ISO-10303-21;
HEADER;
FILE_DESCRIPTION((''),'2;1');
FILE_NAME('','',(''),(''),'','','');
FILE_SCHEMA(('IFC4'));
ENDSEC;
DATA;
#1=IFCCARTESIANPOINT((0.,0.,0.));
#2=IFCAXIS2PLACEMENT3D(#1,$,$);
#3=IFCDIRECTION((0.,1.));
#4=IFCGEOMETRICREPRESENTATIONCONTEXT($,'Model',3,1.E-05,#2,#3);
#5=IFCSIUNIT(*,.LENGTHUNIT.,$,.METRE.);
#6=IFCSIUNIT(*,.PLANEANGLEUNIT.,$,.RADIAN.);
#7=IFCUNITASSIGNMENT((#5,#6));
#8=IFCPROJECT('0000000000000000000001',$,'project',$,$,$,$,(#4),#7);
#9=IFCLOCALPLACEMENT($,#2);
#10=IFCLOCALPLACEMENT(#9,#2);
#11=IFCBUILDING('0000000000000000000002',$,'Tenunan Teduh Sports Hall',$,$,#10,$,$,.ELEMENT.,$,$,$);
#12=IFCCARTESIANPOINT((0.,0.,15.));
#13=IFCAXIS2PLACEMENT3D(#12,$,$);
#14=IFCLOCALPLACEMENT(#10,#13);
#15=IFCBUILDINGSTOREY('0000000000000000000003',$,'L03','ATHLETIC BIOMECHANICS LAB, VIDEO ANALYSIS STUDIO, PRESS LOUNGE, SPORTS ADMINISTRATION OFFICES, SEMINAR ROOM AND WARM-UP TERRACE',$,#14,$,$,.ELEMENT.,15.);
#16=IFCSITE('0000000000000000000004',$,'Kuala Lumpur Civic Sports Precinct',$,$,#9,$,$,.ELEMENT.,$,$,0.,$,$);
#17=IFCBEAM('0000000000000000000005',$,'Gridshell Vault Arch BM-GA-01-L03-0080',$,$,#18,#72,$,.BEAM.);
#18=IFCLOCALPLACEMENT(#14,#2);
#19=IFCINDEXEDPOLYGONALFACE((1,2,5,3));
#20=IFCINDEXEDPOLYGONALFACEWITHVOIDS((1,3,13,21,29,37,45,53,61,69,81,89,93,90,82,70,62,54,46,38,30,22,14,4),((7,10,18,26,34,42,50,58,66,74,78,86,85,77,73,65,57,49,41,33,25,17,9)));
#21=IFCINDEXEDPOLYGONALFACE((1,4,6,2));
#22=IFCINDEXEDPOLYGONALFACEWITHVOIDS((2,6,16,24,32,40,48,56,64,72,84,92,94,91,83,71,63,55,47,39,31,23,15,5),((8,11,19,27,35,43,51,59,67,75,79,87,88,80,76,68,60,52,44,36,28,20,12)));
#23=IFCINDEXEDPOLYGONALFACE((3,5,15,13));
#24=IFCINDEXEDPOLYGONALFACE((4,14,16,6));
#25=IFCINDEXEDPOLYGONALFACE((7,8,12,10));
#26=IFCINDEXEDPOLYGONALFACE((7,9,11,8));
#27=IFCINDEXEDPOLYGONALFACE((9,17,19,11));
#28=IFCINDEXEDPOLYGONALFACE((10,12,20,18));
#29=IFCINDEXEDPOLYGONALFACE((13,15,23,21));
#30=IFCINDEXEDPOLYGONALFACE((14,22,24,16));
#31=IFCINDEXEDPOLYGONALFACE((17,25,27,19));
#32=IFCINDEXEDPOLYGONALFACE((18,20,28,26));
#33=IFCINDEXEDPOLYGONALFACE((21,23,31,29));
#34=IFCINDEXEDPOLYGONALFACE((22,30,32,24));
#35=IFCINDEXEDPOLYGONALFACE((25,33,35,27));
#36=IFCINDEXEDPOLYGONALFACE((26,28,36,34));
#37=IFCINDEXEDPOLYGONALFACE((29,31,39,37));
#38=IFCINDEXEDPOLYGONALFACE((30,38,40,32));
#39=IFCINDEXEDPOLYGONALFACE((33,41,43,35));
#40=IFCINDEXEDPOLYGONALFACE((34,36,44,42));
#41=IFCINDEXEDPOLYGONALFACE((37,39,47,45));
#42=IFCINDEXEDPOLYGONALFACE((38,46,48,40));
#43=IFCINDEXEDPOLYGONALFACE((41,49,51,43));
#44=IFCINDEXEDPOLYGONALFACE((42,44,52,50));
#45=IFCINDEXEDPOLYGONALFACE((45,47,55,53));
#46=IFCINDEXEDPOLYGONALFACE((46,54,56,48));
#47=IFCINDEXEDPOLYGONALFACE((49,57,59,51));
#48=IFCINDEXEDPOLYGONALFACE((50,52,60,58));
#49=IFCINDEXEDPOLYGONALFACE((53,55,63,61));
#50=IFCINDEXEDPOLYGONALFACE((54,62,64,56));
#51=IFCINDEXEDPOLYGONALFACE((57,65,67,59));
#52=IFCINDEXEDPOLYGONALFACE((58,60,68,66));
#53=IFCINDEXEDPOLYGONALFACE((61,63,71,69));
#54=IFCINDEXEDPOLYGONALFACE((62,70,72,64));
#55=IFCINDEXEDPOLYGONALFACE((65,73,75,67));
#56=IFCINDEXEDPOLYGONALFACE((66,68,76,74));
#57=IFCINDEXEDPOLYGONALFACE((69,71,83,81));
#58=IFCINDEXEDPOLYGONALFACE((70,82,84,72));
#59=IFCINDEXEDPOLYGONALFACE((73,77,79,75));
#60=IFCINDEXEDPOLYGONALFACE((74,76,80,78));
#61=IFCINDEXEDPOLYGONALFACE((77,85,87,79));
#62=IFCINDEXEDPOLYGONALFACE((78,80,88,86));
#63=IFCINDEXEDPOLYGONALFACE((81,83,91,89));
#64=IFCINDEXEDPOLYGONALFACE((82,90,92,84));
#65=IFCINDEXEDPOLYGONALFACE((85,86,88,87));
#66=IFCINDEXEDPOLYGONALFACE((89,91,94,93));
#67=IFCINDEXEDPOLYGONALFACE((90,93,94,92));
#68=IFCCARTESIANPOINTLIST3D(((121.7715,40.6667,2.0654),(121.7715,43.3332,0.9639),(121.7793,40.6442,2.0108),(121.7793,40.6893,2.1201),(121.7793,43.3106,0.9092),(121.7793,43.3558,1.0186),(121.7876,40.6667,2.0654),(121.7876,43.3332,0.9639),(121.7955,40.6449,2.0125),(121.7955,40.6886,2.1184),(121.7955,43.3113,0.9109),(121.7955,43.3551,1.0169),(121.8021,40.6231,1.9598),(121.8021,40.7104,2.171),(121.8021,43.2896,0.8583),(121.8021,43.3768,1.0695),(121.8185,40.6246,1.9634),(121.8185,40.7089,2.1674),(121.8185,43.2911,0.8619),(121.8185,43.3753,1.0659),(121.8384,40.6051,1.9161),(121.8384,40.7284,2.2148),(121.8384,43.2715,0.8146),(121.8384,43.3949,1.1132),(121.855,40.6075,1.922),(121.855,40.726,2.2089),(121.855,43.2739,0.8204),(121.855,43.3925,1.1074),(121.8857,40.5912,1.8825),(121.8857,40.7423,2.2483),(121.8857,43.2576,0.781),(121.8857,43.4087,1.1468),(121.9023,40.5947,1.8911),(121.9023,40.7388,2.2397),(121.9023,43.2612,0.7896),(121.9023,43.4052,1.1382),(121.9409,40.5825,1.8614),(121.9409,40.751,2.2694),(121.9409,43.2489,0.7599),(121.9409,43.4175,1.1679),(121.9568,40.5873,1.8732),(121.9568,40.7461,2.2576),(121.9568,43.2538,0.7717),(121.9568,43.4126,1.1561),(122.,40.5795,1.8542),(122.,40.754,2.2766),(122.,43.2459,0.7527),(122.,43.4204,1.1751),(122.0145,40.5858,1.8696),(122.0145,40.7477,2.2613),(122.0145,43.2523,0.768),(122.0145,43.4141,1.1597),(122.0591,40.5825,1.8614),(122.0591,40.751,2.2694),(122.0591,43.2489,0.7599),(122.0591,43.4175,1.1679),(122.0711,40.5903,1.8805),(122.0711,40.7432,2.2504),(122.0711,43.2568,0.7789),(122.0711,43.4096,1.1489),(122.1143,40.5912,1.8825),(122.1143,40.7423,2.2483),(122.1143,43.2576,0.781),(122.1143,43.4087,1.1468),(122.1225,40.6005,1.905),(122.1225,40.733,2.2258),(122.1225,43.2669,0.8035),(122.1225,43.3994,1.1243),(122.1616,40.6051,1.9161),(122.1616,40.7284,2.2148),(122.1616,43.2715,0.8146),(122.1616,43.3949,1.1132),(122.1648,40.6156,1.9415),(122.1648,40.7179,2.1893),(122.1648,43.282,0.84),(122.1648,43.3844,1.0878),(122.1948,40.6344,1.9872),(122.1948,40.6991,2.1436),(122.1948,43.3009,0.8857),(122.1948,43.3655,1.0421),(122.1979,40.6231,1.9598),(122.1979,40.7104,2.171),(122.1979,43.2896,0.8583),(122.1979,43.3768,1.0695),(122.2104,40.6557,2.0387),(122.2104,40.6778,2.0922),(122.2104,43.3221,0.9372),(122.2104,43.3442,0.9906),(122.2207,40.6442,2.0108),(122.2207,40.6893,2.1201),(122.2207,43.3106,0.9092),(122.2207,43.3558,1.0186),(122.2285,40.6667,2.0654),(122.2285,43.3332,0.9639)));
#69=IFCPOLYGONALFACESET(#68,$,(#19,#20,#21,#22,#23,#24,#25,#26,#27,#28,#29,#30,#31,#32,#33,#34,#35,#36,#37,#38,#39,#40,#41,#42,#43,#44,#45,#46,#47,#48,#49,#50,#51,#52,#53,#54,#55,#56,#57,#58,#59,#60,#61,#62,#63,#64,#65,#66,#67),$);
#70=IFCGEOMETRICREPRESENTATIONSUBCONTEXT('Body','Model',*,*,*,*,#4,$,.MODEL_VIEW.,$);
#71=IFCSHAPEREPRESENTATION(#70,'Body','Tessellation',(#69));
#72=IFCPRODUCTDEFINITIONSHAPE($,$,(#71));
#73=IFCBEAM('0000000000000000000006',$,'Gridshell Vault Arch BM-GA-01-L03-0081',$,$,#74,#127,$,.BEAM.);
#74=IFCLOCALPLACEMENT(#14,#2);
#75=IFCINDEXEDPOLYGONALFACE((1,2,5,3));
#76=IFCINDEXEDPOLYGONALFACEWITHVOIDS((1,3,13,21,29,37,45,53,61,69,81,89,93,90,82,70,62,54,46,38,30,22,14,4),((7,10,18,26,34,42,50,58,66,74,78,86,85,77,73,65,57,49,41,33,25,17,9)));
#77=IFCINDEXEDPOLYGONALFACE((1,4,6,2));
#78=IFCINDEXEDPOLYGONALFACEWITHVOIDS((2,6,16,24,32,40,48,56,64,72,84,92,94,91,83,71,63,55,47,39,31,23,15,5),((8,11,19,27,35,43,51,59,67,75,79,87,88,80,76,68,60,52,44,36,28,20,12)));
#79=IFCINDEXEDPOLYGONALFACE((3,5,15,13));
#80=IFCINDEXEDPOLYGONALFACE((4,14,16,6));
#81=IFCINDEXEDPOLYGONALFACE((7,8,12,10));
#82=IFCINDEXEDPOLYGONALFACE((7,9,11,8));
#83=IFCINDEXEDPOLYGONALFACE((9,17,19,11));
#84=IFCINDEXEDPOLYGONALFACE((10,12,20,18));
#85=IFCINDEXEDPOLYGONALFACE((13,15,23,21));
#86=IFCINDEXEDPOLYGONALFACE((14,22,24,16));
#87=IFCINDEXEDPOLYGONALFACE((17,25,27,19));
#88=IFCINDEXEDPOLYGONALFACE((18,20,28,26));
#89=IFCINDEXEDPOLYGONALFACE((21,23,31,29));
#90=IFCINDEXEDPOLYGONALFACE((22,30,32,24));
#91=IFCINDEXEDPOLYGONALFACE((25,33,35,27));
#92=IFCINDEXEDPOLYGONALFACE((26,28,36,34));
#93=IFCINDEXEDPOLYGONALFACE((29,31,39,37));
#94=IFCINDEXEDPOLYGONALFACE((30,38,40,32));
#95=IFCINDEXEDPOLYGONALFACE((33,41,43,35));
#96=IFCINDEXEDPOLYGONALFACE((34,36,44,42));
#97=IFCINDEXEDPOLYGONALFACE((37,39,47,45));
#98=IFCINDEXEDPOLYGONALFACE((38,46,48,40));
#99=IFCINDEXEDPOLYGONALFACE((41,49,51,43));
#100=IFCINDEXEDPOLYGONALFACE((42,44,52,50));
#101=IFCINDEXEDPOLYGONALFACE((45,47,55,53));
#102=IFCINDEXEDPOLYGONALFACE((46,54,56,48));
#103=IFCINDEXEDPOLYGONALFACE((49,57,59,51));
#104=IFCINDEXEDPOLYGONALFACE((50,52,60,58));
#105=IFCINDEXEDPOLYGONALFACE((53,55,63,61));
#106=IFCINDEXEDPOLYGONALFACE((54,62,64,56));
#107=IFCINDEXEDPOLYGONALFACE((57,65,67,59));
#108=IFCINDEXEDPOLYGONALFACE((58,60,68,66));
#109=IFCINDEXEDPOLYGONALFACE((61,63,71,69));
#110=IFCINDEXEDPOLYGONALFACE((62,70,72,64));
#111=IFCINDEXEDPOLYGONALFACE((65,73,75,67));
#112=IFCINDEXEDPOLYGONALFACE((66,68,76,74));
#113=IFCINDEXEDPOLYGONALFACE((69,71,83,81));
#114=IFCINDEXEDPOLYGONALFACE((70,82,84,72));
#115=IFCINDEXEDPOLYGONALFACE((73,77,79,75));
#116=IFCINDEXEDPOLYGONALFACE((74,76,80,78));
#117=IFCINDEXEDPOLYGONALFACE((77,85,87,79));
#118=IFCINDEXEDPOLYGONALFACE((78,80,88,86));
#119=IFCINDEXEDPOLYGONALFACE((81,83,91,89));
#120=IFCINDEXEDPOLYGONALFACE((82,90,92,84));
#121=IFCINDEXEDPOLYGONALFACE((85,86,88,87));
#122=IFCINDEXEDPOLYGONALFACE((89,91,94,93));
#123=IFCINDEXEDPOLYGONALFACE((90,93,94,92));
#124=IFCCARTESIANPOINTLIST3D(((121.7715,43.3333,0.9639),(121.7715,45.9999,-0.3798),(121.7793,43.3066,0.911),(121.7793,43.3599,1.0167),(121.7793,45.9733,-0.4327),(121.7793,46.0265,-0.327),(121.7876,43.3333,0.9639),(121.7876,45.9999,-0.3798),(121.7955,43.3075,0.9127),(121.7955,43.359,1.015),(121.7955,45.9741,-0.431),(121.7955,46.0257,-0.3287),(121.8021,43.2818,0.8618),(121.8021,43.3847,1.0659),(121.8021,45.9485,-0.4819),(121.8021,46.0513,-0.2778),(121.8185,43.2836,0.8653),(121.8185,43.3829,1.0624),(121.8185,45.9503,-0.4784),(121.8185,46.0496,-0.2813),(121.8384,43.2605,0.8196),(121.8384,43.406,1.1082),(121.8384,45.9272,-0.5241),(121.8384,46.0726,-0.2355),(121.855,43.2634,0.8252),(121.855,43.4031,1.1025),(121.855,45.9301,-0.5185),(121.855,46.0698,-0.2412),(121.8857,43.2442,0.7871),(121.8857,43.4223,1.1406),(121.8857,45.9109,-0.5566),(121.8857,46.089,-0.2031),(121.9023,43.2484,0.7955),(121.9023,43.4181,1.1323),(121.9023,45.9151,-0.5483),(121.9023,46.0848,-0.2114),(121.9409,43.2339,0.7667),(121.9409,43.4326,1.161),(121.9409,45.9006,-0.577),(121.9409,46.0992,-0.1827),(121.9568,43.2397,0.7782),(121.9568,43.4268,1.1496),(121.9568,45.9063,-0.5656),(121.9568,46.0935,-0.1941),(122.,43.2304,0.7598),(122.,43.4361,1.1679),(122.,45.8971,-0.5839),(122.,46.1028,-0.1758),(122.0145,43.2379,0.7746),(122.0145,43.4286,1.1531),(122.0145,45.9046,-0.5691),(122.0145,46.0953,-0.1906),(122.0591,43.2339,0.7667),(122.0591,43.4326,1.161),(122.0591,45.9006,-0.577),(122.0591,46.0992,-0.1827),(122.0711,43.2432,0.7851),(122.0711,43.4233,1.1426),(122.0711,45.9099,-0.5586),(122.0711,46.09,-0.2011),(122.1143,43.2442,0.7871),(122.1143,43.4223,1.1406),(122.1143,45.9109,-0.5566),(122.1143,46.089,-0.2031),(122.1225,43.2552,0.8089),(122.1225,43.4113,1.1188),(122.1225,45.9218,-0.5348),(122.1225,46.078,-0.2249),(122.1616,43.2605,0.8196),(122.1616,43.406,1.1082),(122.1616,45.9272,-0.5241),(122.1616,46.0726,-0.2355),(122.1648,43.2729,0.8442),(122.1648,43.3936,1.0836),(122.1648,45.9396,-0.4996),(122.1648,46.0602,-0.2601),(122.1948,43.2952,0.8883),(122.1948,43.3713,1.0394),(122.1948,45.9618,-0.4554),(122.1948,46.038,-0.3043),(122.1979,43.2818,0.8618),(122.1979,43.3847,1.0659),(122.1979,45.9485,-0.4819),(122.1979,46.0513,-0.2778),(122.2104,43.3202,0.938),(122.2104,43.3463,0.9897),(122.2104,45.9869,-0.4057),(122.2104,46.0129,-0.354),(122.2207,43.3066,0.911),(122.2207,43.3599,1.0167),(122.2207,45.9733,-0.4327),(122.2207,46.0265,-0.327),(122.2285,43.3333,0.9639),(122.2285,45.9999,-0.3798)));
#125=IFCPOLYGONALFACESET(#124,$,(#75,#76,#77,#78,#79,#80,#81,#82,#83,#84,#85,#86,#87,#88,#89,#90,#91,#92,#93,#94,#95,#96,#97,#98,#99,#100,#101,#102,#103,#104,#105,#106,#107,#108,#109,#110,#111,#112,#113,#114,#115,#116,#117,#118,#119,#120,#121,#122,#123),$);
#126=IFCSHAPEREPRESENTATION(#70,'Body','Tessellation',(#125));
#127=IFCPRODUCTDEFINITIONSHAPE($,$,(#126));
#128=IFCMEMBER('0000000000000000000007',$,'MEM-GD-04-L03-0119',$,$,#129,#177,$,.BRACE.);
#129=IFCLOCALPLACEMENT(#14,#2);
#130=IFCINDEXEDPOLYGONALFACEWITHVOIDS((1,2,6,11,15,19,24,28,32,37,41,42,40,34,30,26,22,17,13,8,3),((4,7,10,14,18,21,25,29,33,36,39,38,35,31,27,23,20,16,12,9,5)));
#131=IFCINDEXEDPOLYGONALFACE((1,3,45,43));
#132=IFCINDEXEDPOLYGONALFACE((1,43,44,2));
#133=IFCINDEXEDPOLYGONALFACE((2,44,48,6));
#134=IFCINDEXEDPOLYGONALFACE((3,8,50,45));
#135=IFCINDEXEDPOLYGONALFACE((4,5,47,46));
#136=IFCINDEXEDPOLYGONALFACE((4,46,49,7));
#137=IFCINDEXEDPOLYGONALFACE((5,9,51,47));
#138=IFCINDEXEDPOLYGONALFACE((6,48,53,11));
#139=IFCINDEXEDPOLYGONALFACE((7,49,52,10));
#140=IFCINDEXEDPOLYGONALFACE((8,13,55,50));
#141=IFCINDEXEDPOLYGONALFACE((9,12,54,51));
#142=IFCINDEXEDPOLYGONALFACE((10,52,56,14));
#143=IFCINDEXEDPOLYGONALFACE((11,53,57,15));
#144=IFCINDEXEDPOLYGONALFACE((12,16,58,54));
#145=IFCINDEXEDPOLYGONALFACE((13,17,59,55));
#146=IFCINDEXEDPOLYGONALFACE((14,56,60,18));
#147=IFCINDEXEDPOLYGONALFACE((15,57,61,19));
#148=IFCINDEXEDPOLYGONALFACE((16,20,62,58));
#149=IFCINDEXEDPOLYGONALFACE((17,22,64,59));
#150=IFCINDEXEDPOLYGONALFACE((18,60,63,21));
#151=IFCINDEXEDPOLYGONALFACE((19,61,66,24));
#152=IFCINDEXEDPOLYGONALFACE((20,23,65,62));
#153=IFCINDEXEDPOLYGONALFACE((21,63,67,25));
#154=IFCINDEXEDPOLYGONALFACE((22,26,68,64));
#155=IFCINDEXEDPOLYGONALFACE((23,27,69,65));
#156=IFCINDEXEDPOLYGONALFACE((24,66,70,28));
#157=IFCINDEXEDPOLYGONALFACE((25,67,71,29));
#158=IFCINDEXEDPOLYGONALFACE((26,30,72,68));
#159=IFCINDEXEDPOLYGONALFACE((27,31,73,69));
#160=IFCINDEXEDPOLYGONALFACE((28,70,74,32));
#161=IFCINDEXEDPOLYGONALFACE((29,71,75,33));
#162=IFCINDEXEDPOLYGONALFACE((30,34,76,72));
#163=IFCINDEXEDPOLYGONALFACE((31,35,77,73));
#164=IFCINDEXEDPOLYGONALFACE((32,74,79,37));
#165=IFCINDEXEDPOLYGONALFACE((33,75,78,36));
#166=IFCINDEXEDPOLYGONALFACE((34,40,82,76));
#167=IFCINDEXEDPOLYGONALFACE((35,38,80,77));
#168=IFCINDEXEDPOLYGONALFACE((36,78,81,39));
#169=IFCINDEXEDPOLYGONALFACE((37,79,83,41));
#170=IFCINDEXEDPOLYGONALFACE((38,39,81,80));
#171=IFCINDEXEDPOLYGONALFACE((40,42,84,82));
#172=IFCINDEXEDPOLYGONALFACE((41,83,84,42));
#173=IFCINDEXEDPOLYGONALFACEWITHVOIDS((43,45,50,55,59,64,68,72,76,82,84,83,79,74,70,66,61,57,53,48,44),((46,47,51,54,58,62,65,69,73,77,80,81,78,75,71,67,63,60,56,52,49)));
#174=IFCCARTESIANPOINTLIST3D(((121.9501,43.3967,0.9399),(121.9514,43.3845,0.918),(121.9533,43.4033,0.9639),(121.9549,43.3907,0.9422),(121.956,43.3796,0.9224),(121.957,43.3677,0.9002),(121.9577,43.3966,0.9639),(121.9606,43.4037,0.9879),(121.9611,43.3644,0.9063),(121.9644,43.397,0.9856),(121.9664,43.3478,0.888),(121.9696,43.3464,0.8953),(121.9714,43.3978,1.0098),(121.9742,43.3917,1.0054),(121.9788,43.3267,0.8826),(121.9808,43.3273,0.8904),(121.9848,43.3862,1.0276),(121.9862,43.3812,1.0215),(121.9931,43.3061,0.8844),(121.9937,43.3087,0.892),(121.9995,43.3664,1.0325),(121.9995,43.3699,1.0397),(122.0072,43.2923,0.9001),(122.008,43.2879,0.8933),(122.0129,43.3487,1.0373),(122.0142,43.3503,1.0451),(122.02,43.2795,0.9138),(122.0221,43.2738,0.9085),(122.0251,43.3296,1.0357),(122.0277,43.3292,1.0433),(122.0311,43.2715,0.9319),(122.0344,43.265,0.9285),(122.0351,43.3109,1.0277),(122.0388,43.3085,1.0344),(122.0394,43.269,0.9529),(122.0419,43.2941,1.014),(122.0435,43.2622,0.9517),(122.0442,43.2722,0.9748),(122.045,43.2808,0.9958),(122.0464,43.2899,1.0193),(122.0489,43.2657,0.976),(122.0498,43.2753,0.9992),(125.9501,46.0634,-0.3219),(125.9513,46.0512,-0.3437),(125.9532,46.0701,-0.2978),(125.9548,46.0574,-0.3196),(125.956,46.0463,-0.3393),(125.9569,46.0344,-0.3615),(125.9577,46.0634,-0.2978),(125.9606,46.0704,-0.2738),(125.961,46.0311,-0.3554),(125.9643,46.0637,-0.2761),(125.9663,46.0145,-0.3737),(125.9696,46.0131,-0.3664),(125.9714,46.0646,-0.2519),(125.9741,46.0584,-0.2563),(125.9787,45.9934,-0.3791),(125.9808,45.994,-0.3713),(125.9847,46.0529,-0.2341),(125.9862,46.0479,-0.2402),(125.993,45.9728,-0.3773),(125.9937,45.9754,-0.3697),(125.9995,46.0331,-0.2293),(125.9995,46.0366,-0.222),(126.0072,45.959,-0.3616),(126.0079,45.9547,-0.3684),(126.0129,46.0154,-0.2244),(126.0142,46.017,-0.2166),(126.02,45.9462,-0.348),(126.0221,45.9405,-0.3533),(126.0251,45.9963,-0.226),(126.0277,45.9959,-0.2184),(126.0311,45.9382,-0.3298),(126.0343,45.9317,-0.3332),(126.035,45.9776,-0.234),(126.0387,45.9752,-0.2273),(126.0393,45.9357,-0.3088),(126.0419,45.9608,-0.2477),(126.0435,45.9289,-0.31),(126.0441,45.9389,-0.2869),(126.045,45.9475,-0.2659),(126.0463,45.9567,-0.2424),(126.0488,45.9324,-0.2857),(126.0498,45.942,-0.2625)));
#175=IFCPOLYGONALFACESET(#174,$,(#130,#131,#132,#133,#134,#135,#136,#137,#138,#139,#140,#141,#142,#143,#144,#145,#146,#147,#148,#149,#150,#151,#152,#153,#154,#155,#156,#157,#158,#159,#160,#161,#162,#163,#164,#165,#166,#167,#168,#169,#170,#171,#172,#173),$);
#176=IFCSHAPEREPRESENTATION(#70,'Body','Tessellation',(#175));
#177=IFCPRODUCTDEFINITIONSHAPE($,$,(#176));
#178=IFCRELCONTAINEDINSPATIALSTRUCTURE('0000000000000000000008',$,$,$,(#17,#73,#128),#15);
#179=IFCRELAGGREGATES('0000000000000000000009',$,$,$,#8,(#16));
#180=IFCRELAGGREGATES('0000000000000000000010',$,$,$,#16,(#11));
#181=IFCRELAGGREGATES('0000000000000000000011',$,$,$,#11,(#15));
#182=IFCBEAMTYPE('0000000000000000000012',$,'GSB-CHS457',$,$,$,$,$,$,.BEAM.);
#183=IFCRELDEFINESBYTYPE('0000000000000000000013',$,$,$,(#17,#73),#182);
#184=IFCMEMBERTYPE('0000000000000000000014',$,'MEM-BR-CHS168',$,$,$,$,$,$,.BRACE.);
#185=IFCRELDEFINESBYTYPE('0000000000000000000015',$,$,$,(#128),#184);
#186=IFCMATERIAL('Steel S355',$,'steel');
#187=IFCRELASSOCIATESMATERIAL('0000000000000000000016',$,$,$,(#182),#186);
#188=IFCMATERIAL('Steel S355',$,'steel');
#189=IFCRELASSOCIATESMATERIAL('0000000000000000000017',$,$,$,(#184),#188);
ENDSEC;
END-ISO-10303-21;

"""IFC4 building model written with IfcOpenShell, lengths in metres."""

from ifc_helpers import new_model, si_unit, direction, frame, origin, origin_2d, place, context, subcontext, project, spatial, hollow_circle, extrude, material, material_profile, profile_set, type_object, element, save


model = new_model("IFC4")

# Units and contexts
model_context = context("Model", 3, precision=1e-05, world=origin(), true_north=direction((0.0, 1.0)))
body_context = subcontext(model_context, "Body", "Model", "MODEL_VIEW")
ifc_project = project(units=[si_unit("LENGTHUNIT", "METRE"), si_unit("PLANEANGLEUNIT", "RADIAN")], contexts=[model_context])

# Site, building, storey
site_placement = place(None, origin())
site = spatial("IfcSite", under=ifc_project, at=site_placement, Name="Kuala Lumpur Civic Sports Precinct", CompositionType="ELEMENT", RefElevation=0.0)
building_placement = place(site_placement, origin())
building = spatial("IfcBuilding", under=site, at=building_placement, Name="Tenunan Teduh Sports Hall", CompositionType="ELEMENT")
storey_placement = place(building_placement, frame((0.0, 0.0, 15.0)))
storey = spatial("IfcBuildingStorey", under=building, at=storey_placement, Name="L03", Description="ATHLETIC BIOMECHANICS LAB, VIDEO ANALYSIS STUDIO, PRESS LOUNGE, SPORTS ADMINISTRATION OFFICES, SEMINAR ROOM AND WARM-UP TERRACE", CompositionType="ELEMENT", Elevation=15.0)

# Beams
ifc_material_1 = material(Name="Steel S355", Category="steel")
ifc_material_profile_1 = material_profile(ifc_material_1, hollow_circle(Radius=0.2285, WallThickness=0.0161, at=origin_2d()), Name="CHS 457.0x16.0")
ifc_profile_set_1 = profile_set([ifc_material_profile_1], Name="Steel S355")
beam_type_1 = type_object("IfcBeamType", Name="GSB-CHS457", PredefinedType="BEAM", material=ifc_profile_set_1)
beam_1_placement = place(storey_placement, frame((122.0, 40.6667, 2.0654), z_axis=(0.0, 0.924239, -0.381814), x_axis=(-1.0, 0.0, 0.0)))
element("IfcBeam", 1, at=beam_1_placement, inside=storey, type_object=beam_type_1, Name="Gridshell Vault Arch BM-GA-01-L03-0080", PredefinedType="BEAM", context=body_context, shape_type="SweptSolid", body=[
    extrude(hollow_circle(Radius=0.2285, WallThickness=0.0161, at=origin_2d()), origin(), (0.0, 0.0, 1.0), 2.885),
])
beam_2_placement = place(storey_placement, frame((122.0, 43.3333, 0.9639), z_axis=(0.0, 0.893033, -0.449991), x_axis=(-1.0, 0.0, 0.0)))
element("IfcBeam", 2, at=beam_2_placement, inside=storey, type_object=beam_type_1, Name="Gridshell Vault Arch BM-GA-01-L03-0081", PredefinedType="BEAM", context=body_context, shape_type="SweptSolid", body=[
    extrude(hollow_circle(Radius=0.2285, WallThickness=0.0161, at=origin_2d()), origin(), (0.0, 0.0, 1.0), 2.9861),
])

# Member
ifc_material_2 = material(Name="Steel S355", Category="steel")
ifc_material_profile_2 = material_profile(ifc_material_2, hollow_circle(Radius=0.0842, WallThickness=0.0081, at=origin_2d()), Name="CHS 168.3x8.0")
ifc_profile_set_2 = profile_set([ifc_material_profile_2], Name="Steel S355")
member_type_1 = type_object("IfcMemberType", Name="MEM-BR-CHS168", PredefinedType="BRACE", material=ifc_profile_set_2)
member_1_placement = place(storey_placement, frame((122.0, 43.3333, 0.9639), z_axis=(0.804787, 0.536541, -0.253854), x_axis=(-0.554712, 0.832042, 0.0)))
element("IfcMember", 3, at=member_1_placement, inside=storey, type_object=member_type_1, Name="MEM-GD-04-L03-0119", PredefinedType="BRACE", context=body_context, shape_type="SweptSolid", body=[
    extrude(hollow_circle(Radius=0.0842, WallThickness=0.0081, at=origin_2d()), origin(), (0.0, 0.0, 1.0), 4.9702),
])

save(model, "model.ifc")
